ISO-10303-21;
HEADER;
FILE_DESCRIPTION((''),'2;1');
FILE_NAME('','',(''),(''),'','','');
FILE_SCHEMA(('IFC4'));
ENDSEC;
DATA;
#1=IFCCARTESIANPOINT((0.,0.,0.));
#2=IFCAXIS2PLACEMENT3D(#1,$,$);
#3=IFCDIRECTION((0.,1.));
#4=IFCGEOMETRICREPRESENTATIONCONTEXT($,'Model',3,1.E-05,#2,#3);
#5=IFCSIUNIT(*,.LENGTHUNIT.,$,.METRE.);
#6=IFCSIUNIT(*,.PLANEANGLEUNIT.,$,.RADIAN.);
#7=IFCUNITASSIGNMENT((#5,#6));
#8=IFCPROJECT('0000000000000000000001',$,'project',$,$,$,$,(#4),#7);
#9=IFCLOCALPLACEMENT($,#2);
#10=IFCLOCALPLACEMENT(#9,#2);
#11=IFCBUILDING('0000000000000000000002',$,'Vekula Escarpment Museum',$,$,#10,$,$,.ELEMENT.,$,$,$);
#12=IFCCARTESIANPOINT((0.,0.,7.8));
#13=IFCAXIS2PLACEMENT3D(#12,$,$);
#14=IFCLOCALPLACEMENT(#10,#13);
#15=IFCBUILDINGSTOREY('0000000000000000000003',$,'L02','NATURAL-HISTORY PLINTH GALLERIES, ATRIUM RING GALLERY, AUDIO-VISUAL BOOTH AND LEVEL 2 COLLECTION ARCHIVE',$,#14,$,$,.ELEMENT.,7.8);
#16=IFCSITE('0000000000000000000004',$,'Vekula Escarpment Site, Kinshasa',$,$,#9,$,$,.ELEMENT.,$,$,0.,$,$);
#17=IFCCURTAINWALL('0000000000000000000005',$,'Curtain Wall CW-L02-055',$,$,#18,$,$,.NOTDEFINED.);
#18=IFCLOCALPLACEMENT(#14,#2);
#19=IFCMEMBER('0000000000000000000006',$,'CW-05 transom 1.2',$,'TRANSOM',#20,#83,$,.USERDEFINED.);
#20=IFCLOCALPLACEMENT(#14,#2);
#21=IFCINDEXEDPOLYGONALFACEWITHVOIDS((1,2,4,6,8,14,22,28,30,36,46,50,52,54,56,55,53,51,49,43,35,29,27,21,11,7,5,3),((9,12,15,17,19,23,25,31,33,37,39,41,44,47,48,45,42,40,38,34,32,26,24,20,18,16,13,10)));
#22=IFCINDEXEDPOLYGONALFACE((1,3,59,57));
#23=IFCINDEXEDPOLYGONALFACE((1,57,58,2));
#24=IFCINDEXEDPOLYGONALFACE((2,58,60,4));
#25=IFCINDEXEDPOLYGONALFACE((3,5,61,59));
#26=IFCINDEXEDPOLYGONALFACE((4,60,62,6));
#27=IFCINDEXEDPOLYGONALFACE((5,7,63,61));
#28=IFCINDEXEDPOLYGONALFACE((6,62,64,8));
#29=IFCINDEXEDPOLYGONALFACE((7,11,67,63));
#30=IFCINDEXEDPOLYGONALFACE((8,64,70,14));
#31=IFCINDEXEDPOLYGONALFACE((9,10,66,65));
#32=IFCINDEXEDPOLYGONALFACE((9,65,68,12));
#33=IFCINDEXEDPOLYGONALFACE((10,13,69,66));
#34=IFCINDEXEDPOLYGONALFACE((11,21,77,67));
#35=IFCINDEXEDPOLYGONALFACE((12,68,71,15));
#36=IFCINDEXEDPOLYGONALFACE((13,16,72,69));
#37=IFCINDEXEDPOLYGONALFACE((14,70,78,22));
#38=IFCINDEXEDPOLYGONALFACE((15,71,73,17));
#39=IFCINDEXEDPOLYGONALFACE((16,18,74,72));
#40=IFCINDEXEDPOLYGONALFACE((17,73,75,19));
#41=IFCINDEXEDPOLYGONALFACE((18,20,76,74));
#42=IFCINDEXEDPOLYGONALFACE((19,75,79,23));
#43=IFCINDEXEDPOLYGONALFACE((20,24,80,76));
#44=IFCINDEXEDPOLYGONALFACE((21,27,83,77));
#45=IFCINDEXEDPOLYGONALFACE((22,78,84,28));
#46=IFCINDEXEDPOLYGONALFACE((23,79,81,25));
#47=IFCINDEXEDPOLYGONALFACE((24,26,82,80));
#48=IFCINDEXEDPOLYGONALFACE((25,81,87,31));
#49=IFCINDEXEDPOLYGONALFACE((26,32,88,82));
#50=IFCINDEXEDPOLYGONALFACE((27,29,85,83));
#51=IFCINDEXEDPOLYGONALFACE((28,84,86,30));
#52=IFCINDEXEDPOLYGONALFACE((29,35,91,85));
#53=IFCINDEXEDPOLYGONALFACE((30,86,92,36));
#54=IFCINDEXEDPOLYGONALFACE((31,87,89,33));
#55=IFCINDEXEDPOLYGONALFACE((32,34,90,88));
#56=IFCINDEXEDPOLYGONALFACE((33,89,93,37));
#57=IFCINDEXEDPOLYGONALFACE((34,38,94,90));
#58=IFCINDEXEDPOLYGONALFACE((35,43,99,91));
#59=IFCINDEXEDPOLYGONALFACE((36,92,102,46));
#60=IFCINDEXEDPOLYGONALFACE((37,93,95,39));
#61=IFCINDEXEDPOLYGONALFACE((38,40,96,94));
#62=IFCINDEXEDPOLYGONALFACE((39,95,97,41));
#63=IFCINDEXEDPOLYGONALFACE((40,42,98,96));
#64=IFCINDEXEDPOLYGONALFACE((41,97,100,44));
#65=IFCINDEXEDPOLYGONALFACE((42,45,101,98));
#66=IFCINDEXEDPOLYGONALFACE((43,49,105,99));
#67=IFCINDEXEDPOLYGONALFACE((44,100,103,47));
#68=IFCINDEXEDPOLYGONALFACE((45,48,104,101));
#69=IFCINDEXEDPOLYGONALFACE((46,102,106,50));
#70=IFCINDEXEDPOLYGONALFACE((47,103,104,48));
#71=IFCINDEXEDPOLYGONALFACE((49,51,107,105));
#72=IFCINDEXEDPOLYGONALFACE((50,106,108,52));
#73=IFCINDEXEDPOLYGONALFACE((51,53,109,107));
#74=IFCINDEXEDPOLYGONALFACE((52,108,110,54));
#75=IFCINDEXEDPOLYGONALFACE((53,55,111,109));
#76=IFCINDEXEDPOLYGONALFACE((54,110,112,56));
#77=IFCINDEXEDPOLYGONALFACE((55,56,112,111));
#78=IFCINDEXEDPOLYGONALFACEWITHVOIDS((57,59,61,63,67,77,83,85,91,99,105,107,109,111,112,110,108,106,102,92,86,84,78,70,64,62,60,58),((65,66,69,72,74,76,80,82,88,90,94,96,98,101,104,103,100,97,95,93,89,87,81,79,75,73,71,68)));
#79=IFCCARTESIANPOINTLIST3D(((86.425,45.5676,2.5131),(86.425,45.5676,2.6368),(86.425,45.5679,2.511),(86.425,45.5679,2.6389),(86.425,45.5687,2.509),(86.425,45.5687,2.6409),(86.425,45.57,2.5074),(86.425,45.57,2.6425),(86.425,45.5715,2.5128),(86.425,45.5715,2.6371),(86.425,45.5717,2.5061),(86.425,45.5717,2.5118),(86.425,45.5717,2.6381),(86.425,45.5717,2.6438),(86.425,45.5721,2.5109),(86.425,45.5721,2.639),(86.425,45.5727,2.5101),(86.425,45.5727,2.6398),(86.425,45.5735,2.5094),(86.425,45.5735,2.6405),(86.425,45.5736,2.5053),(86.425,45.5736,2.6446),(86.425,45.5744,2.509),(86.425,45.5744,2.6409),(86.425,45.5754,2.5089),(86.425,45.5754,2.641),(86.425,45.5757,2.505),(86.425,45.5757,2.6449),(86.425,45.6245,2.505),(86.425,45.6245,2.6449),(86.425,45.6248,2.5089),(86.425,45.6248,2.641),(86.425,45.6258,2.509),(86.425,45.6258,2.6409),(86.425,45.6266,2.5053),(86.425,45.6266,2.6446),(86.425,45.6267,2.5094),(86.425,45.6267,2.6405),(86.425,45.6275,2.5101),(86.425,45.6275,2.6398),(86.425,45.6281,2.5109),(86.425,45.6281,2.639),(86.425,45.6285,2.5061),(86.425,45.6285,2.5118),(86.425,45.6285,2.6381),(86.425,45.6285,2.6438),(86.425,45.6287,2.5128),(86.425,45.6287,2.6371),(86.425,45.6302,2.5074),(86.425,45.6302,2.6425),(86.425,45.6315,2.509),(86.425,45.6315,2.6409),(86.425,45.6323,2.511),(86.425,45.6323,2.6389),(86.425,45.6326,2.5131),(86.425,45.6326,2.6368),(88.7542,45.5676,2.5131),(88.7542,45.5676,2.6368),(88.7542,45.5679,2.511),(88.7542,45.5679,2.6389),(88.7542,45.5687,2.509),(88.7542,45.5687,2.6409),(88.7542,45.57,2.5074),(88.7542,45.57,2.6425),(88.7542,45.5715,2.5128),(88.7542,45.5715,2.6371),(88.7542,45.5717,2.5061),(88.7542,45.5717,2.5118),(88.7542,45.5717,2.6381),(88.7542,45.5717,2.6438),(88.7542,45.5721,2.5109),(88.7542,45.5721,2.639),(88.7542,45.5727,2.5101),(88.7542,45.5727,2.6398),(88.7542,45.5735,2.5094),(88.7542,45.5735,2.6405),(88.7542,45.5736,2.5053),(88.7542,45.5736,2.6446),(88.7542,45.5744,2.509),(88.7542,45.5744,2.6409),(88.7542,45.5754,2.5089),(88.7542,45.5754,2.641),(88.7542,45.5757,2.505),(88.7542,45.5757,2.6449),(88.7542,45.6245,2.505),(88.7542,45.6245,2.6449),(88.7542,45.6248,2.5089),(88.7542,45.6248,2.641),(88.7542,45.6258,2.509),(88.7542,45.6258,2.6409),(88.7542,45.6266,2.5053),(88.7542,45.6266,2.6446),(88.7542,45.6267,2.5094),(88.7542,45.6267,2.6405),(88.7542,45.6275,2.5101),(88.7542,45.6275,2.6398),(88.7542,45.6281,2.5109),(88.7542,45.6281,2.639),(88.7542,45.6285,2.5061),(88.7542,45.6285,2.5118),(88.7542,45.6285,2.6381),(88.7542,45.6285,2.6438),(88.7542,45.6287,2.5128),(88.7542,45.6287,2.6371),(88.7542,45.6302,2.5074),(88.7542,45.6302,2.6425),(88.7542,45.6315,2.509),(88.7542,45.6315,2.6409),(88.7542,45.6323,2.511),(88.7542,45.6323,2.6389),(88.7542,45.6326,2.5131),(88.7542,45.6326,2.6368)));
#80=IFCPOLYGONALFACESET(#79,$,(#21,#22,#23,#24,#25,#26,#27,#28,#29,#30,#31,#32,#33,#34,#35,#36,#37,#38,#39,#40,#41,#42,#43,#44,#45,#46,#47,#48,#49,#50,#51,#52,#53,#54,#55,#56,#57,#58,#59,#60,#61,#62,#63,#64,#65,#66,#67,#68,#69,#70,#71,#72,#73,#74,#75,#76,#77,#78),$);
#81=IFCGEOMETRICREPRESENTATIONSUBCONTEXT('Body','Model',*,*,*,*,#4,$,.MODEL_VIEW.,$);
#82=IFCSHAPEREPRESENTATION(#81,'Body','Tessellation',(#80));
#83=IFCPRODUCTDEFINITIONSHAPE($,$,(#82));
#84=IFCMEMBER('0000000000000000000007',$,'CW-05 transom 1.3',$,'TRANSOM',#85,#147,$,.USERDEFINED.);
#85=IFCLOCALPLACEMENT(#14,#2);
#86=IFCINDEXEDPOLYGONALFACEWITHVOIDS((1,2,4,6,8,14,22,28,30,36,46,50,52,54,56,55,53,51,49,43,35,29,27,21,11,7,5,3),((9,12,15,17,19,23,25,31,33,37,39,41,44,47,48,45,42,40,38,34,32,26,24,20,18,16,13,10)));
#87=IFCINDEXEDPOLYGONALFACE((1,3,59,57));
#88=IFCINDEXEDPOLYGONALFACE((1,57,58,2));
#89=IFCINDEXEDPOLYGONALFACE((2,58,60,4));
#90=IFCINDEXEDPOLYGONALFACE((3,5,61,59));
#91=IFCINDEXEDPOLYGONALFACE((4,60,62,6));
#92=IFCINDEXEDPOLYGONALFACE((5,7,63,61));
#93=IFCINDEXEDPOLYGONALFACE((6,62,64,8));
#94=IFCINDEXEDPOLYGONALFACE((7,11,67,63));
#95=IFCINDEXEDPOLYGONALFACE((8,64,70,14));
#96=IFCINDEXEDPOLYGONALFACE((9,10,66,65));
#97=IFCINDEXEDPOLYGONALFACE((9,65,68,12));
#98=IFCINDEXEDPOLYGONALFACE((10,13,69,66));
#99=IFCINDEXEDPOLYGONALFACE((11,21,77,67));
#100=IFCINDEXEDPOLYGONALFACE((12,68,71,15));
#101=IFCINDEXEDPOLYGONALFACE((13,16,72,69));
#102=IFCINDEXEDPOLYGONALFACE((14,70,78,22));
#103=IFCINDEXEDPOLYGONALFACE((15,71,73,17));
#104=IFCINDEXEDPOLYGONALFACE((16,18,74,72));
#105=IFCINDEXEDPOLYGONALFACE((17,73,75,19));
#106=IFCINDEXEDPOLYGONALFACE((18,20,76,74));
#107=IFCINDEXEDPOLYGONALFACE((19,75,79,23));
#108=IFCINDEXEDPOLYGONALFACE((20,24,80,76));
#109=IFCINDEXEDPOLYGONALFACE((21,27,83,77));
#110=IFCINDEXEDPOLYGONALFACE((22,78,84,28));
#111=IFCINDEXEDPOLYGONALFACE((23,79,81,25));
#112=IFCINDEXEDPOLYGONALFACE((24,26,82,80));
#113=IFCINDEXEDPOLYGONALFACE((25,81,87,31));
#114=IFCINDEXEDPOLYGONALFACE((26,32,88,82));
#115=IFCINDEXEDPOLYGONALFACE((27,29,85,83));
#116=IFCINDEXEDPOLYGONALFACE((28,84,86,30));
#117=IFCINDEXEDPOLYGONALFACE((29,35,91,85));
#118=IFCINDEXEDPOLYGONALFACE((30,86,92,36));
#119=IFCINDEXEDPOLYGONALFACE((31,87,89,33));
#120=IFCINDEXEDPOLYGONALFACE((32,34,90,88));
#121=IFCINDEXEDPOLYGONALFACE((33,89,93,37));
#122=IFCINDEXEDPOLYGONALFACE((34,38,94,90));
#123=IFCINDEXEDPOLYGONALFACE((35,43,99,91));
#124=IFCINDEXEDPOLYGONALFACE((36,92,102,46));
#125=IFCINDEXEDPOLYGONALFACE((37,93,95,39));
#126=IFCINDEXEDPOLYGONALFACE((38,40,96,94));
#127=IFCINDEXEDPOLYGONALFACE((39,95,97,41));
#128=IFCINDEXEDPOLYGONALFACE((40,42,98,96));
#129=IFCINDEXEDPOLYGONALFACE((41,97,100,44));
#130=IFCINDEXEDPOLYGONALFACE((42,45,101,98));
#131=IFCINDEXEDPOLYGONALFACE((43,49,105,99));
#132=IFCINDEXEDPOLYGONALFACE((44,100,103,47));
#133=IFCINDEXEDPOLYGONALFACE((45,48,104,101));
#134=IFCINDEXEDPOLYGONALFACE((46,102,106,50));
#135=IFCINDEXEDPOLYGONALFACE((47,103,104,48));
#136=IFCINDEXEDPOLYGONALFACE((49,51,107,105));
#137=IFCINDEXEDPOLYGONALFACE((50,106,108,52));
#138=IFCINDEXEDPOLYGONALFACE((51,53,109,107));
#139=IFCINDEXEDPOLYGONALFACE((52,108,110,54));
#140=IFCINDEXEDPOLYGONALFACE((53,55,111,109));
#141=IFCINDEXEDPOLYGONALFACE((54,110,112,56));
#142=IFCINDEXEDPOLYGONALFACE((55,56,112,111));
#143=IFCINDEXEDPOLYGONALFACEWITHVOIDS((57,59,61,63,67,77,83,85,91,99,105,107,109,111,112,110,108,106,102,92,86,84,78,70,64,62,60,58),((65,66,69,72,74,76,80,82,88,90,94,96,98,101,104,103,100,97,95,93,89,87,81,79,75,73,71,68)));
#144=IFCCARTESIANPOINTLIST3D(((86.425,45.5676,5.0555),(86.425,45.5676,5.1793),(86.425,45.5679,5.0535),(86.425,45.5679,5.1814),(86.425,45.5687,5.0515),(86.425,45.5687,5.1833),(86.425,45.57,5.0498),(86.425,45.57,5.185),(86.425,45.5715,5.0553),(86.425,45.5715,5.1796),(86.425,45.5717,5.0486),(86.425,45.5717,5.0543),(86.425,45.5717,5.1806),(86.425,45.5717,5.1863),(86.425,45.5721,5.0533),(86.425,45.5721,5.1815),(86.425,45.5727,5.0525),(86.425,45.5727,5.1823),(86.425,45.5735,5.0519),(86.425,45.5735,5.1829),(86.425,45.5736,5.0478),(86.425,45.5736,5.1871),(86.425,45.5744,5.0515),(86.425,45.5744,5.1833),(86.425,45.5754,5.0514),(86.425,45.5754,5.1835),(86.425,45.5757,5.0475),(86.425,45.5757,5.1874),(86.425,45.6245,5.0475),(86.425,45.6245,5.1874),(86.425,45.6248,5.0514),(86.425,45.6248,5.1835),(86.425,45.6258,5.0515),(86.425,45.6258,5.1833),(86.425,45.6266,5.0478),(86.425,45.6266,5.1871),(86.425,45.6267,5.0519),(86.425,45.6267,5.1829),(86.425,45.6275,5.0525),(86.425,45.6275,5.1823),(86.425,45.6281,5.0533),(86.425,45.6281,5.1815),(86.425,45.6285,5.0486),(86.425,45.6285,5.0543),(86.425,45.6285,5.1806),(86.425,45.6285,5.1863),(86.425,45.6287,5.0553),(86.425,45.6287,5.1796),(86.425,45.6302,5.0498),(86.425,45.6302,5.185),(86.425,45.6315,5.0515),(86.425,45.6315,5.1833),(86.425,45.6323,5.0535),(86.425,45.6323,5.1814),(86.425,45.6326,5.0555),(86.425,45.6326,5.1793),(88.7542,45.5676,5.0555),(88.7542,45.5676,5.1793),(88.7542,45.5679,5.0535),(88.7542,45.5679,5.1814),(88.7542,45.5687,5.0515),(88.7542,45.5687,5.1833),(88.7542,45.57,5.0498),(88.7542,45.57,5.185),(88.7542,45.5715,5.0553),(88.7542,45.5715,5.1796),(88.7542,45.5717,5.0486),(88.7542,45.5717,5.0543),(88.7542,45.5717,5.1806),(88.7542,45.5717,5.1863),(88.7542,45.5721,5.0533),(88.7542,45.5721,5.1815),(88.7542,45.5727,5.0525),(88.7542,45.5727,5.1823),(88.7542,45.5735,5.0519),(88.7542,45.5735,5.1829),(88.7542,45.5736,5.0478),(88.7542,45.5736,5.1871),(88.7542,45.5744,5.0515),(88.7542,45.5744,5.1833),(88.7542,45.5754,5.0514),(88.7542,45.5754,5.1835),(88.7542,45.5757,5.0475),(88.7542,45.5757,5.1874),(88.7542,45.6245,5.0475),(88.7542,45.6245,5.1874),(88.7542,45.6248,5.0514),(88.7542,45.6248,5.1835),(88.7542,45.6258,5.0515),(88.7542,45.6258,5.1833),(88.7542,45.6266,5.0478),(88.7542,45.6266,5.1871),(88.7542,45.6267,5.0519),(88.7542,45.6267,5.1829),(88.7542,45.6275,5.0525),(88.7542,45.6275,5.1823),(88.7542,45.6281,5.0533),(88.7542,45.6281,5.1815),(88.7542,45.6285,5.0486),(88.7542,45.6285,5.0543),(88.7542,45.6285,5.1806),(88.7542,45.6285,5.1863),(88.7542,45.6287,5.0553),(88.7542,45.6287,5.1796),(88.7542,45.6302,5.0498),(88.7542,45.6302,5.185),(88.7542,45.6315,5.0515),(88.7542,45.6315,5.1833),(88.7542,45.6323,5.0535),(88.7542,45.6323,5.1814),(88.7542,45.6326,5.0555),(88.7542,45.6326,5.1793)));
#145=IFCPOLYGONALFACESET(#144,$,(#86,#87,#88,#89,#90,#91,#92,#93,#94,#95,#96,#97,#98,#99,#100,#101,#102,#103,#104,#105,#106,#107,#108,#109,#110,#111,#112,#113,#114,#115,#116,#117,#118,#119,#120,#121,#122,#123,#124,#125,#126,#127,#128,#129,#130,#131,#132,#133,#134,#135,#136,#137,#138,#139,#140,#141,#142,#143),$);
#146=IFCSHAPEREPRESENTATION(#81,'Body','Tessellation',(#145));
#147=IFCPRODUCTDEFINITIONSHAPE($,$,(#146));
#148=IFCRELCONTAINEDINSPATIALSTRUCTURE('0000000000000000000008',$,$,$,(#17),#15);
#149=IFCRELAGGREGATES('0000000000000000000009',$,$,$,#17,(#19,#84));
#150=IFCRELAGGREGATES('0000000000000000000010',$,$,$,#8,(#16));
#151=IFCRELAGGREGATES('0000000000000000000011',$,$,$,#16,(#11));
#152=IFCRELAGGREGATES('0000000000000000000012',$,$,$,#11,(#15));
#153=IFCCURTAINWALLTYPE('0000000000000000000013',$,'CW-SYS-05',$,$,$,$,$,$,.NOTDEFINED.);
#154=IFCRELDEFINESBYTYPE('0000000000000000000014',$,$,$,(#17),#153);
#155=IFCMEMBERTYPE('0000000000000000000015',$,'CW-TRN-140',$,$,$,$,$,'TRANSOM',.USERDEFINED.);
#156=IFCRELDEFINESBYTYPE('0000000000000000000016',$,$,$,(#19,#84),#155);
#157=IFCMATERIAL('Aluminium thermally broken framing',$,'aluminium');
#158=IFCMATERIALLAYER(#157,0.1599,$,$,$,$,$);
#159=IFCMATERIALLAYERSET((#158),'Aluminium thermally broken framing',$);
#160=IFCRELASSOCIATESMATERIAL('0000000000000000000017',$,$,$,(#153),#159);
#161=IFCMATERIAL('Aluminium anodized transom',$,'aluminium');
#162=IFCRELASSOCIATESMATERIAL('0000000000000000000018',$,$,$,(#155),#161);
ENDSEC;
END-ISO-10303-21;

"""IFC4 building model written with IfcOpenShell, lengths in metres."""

from ifc_helpers import new_model, si_unit, direction, frame, origin, origin_2d, place, context, subcontext, project, spatial, hollow_rectangle, extrude, material, layer, layer_set, material_profile, profile_set, type_object, element, aggregate, save


model = new_model("IFC4")

# Units and contexts
model_context = context("Model", 3, precision=1e-05, world=origin(), true_north=direction((0.0, 1.0)))
body_context = subcontext(model_context, "Body", "Model", "MODEL_VIEW")
ifc_project = project(units=[si_unit("LENGTHUNIT", "METRE"), si_unit("PLANEANGLEUNIT", "RADIAN")], contexts=[model_context])

# Site, building, storey
site_placement = place(None, origin())
site = spatial("IfcSite", under=ifc_project, at=site_placement, Name="Vekula Escarpment Site, Kinshasa", CompositionType="ELEMENT", RefElevation=0.0)
building_placement = place(site_placement, origin())
building = spatial("IfcBuilding", under=site, at=building_placement, Name="Vekula Escarpment Museum", CompositionType="ELEMENT")
storey_placement = place(building_placement, frame((0.0, 0.0, 7.8)))
storey = spatial("IfcBuildingStorey", under=building, at=storey_placement, Name="L02", Description="NATURAL-HISTORY PLINTH GALLERIES, ATRIUM RING GALLERY, AUDIO-VISUAL BOOTH AND LEVEL 2 COLLECTION ARCHIVE", CompositionType="ELEMENT", Elevation=7.8)

# Curtain wall
ifc_material_1 = material(Name="Aluminium thermally broken framing", Category="aluminium")
ifc_layer_1 = layer(ifc_material_1, 0.1599)
ifc_layer_set_1 = layer_set([ifc_layer_1], Name="Aluminium thermally broken framing")
curtain_wall_type_1 = type_object("IfcCurtainWallType", Name="CW-SYS-05", PredefinedType="NOTDEFINED", material=ifc_layer_set_1)
curtain_wall_1_placement = place(storey_placement, origin())
curtain_wall_1 = element("IfcCurtainWall", 1, at=curtain_wall_1_placement, inside=storey, type_object=curtain_wall_type_1, Name="Curtain Wall CW-L02-055", PredefinedType="NOTDEFINED")

# Members
ifc_material_2 = material(Name="Aluminium anodized transom", Category="aluminium")
ifc_material_profile_1 = material_profile(ifc_material_2, hollow_rectangle(XDim=0.0649, YDim=0.1399, WallThickness=0.0039, InnerFilletRadius=0.0039, OuterFilletRadius=0.0081, at=origin_2d()), Name="ALU 140x65x4")
ifc_profile_set_1 = profile_set([ifc_material_profile_1], Name="Aluminium anodized transom")
member_type_1 = type_object("IfcMemberType", Name="CW-TRN-140", ElementType="TRANSOM", PredefinedType="USERDEFINED", material=ifc_profile_set_1)
member_1_placement = place(storey_placement, frame((86.425, 45.6001, 2.575), z_axis=(1.0, 0.0, 0.0), x_axis=(0.0, 1.0, 0.0)))
member_1 = element("IfcMember", 2, at=member_1_placement, type_object=member_type_1, Name="CW-05 transom 1.2", ObjectType="TRANSOM", PredefinedType="USERDEFINED", context=body_context, shape_type="SweptSolid", body=[
    extrude(hollow_rectangle(XDim=0.0649, YDim=0.1399, WallThickness=0.0039, InnerFilletRadius=0.0039, OuterFilletRadius=0.0081, at=origin_2d()), origin(), (0.0, 0.0, 1.0), 2.3291),
])
member_2_placement = place(storey_placement, frame((86.425, 45.6001, 5.1174), z_axis=(1.0, 0.0, 0.0), x_axis=(0.0, 1.0, 0.0)))
member_2 = element("IfcMember", 3, at=member_2_placement, type_object=member_type_1, Name="CW-05 transom 1.3", ObjectType="TRANSOM", PredefinedType="USERDEFINED", context=body_context, shape_type="SweptSolid", body=[
    extrude(hollow_rectangle(XDim=0.0649, YDim=0.1399, WallThickness=0.0039, InnerFilletRadius=0.0039, OuterFilletRadius=0.0081, at=origin_2d()), origin(), (0.0, 0.0, 1.0), 2.3291),
])

aggregate(curtain_wall_1, [member_1, member_2])

save(model, "model.ifc")
